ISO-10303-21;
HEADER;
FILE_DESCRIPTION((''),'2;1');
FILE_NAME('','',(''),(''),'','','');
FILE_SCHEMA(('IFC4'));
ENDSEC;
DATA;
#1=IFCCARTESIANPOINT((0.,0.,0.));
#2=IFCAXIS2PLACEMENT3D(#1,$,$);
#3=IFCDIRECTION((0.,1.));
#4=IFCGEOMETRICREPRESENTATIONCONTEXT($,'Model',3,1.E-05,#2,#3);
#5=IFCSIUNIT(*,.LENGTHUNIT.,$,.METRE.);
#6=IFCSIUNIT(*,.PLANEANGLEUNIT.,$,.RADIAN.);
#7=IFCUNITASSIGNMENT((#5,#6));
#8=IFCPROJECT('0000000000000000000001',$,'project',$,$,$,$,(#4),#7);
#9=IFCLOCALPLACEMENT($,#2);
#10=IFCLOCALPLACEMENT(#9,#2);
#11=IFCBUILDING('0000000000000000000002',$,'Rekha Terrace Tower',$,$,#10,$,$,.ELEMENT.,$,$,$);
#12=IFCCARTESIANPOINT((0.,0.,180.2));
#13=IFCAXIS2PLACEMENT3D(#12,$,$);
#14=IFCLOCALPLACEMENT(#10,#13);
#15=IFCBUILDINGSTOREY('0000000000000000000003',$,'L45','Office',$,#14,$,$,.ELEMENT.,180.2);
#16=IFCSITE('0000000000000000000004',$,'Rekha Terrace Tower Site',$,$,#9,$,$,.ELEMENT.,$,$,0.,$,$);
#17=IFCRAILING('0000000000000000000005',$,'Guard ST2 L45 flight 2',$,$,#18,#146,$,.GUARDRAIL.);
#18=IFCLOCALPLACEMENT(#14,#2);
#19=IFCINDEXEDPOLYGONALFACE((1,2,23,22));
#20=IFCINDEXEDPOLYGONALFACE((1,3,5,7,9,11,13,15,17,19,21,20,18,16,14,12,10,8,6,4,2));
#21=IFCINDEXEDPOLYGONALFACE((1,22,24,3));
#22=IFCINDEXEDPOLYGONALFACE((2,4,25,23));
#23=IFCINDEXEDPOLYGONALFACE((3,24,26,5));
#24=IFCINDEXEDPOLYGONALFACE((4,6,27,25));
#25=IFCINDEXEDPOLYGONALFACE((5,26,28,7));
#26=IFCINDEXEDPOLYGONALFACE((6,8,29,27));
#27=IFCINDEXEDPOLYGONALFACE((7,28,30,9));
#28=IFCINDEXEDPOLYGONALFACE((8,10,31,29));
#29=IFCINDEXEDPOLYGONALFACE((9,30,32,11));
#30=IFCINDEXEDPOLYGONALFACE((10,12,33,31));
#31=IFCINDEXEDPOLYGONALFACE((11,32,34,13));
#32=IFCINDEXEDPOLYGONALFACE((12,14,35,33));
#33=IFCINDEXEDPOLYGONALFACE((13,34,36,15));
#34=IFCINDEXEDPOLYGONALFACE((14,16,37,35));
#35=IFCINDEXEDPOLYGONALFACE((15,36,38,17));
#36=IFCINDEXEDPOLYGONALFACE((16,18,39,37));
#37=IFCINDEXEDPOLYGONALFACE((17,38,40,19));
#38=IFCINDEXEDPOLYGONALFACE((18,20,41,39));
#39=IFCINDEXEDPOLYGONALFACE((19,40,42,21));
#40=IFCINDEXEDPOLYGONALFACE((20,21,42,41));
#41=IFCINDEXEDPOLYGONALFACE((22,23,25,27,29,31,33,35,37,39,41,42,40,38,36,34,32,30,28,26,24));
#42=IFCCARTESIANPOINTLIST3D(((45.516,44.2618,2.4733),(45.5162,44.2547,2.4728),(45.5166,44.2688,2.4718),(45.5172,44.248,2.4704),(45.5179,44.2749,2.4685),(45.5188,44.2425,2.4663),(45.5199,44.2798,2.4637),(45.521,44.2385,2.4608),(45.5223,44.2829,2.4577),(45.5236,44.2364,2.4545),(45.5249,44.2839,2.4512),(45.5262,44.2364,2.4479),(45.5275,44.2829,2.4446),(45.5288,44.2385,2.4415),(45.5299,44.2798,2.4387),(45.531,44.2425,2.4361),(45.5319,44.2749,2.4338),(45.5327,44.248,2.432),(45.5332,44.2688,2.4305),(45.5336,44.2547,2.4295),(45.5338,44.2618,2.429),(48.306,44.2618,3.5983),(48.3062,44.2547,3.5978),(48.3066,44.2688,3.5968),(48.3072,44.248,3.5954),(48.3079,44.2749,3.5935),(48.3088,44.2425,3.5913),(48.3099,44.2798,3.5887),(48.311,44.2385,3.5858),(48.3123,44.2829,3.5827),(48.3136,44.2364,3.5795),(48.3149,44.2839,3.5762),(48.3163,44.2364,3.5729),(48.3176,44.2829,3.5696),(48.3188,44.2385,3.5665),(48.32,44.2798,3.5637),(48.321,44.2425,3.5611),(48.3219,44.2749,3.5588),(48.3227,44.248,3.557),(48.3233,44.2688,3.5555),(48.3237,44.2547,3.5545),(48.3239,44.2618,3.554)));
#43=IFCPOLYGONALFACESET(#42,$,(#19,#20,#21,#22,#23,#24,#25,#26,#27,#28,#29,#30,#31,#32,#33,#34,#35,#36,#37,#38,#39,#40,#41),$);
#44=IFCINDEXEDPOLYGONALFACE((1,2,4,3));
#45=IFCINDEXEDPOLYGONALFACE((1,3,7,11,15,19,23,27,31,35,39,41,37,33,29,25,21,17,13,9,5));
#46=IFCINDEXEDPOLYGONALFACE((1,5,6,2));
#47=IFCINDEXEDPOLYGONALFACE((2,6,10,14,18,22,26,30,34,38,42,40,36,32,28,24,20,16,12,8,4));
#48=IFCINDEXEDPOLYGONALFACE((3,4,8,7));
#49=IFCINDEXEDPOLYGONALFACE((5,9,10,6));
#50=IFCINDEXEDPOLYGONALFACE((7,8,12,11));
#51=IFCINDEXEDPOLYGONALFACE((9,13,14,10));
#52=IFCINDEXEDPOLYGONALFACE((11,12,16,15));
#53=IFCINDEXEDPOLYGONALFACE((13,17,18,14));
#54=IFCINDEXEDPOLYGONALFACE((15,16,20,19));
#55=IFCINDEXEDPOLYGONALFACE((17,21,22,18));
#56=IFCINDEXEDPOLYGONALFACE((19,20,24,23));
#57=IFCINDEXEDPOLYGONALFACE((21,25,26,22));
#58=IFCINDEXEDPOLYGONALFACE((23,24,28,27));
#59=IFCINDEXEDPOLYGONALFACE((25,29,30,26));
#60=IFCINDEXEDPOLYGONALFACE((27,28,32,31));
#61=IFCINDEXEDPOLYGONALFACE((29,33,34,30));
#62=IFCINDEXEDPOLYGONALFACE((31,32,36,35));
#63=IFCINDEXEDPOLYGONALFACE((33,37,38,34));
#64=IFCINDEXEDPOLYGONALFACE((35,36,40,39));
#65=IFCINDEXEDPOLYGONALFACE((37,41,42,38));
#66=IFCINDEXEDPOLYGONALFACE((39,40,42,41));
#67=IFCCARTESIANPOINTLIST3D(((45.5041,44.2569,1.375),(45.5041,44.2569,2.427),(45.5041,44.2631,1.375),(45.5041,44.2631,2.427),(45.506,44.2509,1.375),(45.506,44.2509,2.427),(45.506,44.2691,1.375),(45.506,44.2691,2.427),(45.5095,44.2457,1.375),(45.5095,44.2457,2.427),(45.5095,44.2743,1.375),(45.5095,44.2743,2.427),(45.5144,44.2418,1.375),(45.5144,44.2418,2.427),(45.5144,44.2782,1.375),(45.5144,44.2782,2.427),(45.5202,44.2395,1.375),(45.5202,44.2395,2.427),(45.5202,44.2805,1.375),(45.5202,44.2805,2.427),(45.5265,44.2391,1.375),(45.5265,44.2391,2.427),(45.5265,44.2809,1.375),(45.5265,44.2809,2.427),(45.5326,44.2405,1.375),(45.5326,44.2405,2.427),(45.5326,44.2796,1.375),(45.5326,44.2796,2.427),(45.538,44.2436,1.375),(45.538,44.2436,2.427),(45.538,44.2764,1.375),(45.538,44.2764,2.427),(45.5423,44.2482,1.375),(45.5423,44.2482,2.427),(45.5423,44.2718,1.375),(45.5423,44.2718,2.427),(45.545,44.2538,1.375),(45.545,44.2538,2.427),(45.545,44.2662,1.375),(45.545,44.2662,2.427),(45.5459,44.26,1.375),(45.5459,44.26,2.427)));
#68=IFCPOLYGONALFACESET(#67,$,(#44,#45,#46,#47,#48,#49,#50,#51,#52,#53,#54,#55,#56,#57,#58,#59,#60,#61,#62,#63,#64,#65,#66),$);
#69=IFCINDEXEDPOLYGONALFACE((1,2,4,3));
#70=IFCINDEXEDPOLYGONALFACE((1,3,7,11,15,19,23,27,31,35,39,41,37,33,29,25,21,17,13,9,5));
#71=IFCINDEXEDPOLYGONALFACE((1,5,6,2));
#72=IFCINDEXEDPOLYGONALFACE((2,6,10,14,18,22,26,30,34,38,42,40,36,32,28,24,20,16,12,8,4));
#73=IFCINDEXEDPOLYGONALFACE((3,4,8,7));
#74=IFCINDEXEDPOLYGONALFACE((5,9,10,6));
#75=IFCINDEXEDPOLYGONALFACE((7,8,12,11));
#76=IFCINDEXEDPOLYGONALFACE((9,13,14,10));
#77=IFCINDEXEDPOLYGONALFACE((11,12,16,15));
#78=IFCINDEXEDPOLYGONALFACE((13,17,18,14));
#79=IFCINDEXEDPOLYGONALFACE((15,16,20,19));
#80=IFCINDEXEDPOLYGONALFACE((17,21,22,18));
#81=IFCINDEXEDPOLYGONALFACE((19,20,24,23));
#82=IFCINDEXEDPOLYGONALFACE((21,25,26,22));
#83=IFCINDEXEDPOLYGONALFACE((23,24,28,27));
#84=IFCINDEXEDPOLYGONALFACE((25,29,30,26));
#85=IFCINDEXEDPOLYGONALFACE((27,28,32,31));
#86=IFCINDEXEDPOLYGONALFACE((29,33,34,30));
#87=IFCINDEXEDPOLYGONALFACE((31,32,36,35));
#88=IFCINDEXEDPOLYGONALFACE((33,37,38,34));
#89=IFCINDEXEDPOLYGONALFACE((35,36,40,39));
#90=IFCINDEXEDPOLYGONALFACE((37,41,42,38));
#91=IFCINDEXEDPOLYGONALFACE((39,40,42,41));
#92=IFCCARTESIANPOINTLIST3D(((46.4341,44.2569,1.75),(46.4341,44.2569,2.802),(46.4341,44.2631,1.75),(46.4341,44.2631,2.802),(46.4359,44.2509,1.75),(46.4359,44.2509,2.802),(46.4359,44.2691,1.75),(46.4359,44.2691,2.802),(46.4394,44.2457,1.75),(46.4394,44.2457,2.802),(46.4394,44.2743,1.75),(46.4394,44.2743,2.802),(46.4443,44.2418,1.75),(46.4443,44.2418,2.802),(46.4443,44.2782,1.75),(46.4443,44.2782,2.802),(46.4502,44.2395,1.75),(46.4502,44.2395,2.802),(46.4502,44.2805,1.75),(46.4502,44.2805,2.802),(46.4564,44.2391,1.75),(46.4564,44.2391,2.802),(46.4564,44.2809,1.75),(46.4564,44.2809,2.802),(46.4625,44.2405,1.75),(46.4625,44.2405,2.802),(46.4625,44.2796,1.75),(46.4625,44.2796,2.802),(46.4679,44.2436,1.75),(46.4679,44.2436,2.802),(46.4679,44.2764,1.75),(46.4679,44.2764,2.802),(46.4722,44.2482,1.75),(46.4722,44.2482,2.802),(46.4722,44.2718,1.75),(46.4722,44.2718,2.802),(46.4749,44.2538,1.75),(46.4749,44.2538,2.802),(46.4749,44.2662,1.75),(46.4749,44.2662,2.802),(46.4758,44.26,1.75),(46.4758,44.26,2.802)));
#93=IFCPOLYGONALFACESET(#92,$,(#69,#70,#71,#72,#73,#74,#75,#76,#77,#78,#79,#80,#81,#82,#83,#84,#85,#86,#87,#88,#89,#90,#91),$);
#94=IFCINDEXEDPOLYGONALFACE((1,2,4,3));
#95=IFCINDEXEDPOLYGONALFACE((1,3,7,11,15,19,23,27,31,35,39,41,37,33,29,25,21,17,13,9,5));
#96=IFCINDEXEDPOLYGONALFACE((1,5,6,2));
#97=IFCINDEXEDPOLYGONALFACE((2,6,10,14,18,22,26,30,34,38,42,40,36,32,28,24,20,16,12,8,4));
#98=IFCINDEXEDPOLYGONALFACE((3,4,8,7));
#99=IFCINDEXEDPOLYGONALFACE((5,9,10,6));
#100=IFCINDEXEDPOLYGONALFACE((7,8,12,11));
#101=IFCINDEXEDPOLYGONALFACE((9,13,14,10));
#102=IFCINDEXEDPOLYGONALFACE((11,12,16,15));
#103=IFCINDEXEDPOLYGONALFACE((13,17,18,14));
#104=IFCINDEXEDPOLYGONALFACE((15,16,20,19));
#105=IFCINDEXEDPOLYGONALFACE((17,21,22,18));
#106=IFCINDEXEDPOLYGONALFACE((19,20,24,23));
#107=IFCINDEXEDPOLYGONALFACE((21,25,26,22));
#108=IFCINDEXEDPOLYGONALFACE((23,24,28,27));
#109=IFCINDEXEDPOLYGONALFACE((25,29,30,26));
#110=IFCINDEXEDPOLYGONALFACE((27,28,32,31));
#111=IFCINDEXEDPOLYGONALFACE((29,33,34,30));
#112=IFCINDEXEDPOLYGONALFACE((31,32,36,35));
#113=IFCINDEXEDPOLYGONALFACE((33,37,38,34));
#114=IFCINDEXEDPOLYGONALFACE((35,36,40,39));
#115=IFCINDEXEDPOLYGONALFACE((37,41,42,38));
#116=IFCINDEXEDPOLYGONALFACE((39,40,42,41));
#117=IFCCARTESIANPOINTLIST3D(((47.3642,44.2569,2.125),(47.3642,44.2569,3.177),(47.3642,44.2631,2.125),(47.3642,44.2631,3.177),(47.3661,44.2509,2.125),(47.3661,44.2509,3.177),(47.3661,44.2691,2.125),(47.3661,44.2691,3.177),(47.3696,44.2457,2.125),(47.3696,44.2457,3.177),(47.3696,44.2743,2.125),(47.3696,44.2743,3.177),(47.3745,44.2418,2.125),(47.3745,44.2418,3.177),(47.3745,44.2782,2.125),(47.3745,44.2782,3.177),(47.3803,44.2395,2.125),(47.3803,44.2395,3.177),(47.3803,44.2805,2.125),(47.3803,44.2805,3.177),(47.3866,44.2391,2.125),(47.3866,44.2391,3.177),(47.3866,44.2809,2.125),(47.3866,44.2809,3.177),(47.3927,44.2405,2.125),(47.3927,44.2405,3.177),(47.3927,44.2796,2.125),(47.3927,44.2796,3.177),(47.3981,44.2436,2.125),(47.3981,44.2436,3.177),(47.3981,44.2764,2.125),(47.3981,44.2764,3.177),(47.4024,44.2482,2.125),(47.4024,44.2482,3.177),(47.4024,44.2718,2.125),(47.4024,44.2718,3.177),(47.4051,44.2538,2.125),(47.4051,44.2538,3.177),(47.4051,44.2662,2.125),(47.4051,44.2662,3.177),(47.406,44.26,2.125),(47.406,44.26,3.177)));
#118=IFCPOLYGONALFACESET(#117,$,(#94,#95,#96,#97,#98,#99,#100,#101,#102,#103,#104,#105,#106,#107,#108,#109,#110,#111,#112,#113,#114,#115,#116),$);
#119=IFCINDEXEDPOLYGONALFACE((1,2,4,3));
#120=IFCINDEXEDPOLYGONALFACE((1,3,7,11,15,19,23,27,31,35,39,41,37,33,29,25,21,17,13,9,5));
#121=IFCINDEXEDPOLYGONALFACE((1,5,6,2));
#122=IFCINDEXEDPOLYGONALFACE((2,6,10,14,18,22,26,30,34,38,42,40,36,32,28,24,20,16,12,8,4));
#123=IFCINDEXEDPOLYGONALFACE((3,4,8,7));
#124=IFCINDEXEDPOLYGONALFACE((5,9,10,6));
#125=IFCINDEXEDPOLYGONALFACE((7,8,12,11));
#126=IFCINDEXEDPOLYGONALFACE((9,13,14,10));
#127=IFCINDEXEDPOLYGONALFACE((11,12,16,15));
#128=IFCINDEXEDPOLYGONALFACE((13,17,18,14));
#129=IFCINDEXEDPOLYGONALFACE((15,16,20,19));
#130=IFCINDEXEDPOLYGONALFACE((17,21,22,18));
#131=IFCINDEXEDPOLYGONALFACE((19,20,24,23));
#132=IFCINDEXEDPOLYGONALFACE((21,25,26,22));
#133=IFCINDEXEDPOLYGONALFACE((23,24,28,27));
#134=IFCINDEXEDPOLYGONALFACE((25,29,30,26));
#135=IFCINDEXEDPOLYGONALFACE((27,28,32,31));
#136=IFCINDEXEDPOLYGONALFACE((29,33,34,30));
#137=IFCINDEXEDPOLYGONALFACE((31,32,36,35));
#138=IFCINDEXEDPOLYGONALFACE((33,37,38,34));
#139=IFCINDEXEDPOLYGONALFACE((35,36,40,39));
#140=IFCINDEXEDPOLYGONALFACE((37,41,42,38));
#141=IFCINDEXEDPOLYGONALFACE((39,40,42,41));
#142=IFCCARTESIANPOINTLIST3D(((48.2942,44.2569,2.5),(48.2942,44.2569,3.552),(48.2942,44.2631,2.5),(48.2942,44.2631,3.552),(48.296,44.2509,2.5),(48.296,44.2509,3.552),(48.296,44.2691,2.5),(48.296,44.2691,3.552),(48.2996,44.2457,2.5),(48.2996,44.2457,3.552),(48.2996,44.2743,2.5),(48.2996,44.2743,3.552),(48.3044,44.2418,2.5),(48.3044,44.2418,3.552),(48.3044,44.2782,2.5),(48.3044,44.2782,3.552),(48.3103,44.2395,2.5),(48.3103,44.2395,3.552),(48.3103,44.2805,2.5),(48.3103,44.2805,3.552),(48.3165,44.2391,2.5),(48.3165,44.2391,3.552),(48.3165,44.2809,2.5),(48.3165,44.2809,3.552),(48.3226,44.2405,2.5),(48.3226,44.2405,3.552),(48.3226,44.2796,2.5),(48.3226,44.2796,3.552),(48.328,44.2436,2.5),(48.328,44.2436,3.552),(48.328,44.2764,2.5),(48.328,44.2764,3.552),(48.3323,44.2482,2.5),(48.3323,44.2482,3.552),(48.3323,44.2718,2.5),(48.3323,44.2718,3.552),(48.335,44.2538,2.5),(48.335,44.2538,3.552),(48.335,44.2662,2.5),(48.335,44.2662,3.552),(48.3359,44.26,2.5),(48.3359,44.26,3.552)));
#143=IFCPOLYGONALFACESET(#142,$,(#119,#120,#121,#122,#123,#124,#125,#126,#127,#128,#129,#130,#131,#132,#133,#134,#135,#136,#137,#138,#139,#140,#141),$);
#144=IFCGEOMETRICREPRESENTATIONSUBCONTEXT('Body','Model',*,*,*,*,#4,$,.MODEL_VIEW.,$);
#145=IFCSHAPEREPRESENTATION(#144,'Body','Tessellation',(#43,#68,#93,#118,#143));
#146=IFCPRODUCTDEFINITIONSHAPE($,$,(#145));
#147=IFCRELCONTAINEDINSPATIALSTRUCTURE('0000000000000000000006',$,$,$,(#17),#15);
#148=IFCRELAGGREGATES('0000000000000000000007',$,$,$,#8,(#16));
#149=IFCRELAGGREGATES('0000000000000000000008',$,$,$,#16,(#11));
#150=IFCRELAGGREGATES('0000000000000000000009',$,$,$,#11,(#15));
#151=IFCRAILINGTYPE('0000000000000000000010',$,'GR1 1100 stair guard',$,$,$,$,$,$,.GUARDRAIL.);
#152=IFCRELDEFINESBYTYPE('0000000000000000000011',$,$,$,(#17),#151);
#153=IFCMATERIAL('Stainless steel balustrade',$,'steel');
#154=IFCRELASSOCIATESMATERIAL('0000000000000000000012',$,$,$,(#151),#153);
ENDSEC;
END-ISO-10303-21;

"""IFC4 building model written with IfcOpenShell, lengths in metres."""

from ifc_helpers import new_model, si_unit, direction, frame, origin, origin_2d, place, context, subcontext, project, spatial, circle, extrude, material, type_object, element, save


model = new_model("IFC4")

# Units and contexts
model_context = context("Model", 3, precision=1e-05, world=origin(), true_north=direction((0.0, 1.0)))
body_context = subcontext(model_context, "Body", "Model", "MODEL_VIEW")
ifc_project = project(units=[si_unit("LENGTHUNIT", "METRE"), si_unit("PLANEANGLEUNIT", "RADIAN")], contexts=[model_context])

# Site, building, storey
site_placement = place(None, origin())
site = spatial("IfcSite", under=ifc_project, at=site_placement, Name="Rekha Terrace Tower Site", CompositionType="ELEMENT", RefElevation=0.0)
building_placement = place(site_placement, origin())
building = spatial("IfcBuilding", under=site, at=building_placement, Name="Rekha Terrace Tower", CompositionType="ELEMENT")
storey_placement = place(building_placement, frame((0.0, 0.0, 180.2)))
storey = spatial("IfcBuildingStorey", under=building, at=storey_placement, Name="L45", Description="Office", CompositionType="ELEMENT", Elevation=180.2)

# Railing
ifc_material_1 = material(Name="Stainless steel balustrade", Category="steel")
railing_type_1 = type_object("IfcRailingType", Name="GR1 1100 stair guard", PredefinedType="GUARDRAIL", material=ifc_material_1)
railing_1_placement = place(storey_placement, frame((45.5249, 44.26, 1.375)))
element("IfcRailing", 1, at=railing_1_placement, inside=storey, type_object=railing_type_1, Name="Guard ST2 L45 flight 2", PredefinedType="GUARDRAIL", context=body_context, shape_type="SweptSolid", body=[
    extrude(circle(Radius=0.0239, at=origin_2d()), frame((0.0, 0.0, 1.0762), z_axis=(0.927443, 0.0, 0.373964), x_axis=(0.0, 1.0, 0.0)), (0.0, 0.0, 1.0), 3.0083),
    extrude(circle(Radius=0.021, at=origin_2d()), origin(), (0.0, 0.0, 1.0), 1.052),
    extrude(circle(Radius=0.021, at=origin_2d()), frame((0.9299, 0.0, 0.375)), (0.0, 0.0, 1.0), 1.052),
    extrude(circle(Radius=0.021, at=origin_2d()), frame((1.8601, 0.0, 0.75)), (0.0, 0.0, 1.0), 1.052),
    extrude(circle(Radius=0.021, at=origin_2d()), frame((2.79, 0.0, 1.125)), (0.0, 0.0, 1.0), 1.052),
])

save(model, "model.ifc")
